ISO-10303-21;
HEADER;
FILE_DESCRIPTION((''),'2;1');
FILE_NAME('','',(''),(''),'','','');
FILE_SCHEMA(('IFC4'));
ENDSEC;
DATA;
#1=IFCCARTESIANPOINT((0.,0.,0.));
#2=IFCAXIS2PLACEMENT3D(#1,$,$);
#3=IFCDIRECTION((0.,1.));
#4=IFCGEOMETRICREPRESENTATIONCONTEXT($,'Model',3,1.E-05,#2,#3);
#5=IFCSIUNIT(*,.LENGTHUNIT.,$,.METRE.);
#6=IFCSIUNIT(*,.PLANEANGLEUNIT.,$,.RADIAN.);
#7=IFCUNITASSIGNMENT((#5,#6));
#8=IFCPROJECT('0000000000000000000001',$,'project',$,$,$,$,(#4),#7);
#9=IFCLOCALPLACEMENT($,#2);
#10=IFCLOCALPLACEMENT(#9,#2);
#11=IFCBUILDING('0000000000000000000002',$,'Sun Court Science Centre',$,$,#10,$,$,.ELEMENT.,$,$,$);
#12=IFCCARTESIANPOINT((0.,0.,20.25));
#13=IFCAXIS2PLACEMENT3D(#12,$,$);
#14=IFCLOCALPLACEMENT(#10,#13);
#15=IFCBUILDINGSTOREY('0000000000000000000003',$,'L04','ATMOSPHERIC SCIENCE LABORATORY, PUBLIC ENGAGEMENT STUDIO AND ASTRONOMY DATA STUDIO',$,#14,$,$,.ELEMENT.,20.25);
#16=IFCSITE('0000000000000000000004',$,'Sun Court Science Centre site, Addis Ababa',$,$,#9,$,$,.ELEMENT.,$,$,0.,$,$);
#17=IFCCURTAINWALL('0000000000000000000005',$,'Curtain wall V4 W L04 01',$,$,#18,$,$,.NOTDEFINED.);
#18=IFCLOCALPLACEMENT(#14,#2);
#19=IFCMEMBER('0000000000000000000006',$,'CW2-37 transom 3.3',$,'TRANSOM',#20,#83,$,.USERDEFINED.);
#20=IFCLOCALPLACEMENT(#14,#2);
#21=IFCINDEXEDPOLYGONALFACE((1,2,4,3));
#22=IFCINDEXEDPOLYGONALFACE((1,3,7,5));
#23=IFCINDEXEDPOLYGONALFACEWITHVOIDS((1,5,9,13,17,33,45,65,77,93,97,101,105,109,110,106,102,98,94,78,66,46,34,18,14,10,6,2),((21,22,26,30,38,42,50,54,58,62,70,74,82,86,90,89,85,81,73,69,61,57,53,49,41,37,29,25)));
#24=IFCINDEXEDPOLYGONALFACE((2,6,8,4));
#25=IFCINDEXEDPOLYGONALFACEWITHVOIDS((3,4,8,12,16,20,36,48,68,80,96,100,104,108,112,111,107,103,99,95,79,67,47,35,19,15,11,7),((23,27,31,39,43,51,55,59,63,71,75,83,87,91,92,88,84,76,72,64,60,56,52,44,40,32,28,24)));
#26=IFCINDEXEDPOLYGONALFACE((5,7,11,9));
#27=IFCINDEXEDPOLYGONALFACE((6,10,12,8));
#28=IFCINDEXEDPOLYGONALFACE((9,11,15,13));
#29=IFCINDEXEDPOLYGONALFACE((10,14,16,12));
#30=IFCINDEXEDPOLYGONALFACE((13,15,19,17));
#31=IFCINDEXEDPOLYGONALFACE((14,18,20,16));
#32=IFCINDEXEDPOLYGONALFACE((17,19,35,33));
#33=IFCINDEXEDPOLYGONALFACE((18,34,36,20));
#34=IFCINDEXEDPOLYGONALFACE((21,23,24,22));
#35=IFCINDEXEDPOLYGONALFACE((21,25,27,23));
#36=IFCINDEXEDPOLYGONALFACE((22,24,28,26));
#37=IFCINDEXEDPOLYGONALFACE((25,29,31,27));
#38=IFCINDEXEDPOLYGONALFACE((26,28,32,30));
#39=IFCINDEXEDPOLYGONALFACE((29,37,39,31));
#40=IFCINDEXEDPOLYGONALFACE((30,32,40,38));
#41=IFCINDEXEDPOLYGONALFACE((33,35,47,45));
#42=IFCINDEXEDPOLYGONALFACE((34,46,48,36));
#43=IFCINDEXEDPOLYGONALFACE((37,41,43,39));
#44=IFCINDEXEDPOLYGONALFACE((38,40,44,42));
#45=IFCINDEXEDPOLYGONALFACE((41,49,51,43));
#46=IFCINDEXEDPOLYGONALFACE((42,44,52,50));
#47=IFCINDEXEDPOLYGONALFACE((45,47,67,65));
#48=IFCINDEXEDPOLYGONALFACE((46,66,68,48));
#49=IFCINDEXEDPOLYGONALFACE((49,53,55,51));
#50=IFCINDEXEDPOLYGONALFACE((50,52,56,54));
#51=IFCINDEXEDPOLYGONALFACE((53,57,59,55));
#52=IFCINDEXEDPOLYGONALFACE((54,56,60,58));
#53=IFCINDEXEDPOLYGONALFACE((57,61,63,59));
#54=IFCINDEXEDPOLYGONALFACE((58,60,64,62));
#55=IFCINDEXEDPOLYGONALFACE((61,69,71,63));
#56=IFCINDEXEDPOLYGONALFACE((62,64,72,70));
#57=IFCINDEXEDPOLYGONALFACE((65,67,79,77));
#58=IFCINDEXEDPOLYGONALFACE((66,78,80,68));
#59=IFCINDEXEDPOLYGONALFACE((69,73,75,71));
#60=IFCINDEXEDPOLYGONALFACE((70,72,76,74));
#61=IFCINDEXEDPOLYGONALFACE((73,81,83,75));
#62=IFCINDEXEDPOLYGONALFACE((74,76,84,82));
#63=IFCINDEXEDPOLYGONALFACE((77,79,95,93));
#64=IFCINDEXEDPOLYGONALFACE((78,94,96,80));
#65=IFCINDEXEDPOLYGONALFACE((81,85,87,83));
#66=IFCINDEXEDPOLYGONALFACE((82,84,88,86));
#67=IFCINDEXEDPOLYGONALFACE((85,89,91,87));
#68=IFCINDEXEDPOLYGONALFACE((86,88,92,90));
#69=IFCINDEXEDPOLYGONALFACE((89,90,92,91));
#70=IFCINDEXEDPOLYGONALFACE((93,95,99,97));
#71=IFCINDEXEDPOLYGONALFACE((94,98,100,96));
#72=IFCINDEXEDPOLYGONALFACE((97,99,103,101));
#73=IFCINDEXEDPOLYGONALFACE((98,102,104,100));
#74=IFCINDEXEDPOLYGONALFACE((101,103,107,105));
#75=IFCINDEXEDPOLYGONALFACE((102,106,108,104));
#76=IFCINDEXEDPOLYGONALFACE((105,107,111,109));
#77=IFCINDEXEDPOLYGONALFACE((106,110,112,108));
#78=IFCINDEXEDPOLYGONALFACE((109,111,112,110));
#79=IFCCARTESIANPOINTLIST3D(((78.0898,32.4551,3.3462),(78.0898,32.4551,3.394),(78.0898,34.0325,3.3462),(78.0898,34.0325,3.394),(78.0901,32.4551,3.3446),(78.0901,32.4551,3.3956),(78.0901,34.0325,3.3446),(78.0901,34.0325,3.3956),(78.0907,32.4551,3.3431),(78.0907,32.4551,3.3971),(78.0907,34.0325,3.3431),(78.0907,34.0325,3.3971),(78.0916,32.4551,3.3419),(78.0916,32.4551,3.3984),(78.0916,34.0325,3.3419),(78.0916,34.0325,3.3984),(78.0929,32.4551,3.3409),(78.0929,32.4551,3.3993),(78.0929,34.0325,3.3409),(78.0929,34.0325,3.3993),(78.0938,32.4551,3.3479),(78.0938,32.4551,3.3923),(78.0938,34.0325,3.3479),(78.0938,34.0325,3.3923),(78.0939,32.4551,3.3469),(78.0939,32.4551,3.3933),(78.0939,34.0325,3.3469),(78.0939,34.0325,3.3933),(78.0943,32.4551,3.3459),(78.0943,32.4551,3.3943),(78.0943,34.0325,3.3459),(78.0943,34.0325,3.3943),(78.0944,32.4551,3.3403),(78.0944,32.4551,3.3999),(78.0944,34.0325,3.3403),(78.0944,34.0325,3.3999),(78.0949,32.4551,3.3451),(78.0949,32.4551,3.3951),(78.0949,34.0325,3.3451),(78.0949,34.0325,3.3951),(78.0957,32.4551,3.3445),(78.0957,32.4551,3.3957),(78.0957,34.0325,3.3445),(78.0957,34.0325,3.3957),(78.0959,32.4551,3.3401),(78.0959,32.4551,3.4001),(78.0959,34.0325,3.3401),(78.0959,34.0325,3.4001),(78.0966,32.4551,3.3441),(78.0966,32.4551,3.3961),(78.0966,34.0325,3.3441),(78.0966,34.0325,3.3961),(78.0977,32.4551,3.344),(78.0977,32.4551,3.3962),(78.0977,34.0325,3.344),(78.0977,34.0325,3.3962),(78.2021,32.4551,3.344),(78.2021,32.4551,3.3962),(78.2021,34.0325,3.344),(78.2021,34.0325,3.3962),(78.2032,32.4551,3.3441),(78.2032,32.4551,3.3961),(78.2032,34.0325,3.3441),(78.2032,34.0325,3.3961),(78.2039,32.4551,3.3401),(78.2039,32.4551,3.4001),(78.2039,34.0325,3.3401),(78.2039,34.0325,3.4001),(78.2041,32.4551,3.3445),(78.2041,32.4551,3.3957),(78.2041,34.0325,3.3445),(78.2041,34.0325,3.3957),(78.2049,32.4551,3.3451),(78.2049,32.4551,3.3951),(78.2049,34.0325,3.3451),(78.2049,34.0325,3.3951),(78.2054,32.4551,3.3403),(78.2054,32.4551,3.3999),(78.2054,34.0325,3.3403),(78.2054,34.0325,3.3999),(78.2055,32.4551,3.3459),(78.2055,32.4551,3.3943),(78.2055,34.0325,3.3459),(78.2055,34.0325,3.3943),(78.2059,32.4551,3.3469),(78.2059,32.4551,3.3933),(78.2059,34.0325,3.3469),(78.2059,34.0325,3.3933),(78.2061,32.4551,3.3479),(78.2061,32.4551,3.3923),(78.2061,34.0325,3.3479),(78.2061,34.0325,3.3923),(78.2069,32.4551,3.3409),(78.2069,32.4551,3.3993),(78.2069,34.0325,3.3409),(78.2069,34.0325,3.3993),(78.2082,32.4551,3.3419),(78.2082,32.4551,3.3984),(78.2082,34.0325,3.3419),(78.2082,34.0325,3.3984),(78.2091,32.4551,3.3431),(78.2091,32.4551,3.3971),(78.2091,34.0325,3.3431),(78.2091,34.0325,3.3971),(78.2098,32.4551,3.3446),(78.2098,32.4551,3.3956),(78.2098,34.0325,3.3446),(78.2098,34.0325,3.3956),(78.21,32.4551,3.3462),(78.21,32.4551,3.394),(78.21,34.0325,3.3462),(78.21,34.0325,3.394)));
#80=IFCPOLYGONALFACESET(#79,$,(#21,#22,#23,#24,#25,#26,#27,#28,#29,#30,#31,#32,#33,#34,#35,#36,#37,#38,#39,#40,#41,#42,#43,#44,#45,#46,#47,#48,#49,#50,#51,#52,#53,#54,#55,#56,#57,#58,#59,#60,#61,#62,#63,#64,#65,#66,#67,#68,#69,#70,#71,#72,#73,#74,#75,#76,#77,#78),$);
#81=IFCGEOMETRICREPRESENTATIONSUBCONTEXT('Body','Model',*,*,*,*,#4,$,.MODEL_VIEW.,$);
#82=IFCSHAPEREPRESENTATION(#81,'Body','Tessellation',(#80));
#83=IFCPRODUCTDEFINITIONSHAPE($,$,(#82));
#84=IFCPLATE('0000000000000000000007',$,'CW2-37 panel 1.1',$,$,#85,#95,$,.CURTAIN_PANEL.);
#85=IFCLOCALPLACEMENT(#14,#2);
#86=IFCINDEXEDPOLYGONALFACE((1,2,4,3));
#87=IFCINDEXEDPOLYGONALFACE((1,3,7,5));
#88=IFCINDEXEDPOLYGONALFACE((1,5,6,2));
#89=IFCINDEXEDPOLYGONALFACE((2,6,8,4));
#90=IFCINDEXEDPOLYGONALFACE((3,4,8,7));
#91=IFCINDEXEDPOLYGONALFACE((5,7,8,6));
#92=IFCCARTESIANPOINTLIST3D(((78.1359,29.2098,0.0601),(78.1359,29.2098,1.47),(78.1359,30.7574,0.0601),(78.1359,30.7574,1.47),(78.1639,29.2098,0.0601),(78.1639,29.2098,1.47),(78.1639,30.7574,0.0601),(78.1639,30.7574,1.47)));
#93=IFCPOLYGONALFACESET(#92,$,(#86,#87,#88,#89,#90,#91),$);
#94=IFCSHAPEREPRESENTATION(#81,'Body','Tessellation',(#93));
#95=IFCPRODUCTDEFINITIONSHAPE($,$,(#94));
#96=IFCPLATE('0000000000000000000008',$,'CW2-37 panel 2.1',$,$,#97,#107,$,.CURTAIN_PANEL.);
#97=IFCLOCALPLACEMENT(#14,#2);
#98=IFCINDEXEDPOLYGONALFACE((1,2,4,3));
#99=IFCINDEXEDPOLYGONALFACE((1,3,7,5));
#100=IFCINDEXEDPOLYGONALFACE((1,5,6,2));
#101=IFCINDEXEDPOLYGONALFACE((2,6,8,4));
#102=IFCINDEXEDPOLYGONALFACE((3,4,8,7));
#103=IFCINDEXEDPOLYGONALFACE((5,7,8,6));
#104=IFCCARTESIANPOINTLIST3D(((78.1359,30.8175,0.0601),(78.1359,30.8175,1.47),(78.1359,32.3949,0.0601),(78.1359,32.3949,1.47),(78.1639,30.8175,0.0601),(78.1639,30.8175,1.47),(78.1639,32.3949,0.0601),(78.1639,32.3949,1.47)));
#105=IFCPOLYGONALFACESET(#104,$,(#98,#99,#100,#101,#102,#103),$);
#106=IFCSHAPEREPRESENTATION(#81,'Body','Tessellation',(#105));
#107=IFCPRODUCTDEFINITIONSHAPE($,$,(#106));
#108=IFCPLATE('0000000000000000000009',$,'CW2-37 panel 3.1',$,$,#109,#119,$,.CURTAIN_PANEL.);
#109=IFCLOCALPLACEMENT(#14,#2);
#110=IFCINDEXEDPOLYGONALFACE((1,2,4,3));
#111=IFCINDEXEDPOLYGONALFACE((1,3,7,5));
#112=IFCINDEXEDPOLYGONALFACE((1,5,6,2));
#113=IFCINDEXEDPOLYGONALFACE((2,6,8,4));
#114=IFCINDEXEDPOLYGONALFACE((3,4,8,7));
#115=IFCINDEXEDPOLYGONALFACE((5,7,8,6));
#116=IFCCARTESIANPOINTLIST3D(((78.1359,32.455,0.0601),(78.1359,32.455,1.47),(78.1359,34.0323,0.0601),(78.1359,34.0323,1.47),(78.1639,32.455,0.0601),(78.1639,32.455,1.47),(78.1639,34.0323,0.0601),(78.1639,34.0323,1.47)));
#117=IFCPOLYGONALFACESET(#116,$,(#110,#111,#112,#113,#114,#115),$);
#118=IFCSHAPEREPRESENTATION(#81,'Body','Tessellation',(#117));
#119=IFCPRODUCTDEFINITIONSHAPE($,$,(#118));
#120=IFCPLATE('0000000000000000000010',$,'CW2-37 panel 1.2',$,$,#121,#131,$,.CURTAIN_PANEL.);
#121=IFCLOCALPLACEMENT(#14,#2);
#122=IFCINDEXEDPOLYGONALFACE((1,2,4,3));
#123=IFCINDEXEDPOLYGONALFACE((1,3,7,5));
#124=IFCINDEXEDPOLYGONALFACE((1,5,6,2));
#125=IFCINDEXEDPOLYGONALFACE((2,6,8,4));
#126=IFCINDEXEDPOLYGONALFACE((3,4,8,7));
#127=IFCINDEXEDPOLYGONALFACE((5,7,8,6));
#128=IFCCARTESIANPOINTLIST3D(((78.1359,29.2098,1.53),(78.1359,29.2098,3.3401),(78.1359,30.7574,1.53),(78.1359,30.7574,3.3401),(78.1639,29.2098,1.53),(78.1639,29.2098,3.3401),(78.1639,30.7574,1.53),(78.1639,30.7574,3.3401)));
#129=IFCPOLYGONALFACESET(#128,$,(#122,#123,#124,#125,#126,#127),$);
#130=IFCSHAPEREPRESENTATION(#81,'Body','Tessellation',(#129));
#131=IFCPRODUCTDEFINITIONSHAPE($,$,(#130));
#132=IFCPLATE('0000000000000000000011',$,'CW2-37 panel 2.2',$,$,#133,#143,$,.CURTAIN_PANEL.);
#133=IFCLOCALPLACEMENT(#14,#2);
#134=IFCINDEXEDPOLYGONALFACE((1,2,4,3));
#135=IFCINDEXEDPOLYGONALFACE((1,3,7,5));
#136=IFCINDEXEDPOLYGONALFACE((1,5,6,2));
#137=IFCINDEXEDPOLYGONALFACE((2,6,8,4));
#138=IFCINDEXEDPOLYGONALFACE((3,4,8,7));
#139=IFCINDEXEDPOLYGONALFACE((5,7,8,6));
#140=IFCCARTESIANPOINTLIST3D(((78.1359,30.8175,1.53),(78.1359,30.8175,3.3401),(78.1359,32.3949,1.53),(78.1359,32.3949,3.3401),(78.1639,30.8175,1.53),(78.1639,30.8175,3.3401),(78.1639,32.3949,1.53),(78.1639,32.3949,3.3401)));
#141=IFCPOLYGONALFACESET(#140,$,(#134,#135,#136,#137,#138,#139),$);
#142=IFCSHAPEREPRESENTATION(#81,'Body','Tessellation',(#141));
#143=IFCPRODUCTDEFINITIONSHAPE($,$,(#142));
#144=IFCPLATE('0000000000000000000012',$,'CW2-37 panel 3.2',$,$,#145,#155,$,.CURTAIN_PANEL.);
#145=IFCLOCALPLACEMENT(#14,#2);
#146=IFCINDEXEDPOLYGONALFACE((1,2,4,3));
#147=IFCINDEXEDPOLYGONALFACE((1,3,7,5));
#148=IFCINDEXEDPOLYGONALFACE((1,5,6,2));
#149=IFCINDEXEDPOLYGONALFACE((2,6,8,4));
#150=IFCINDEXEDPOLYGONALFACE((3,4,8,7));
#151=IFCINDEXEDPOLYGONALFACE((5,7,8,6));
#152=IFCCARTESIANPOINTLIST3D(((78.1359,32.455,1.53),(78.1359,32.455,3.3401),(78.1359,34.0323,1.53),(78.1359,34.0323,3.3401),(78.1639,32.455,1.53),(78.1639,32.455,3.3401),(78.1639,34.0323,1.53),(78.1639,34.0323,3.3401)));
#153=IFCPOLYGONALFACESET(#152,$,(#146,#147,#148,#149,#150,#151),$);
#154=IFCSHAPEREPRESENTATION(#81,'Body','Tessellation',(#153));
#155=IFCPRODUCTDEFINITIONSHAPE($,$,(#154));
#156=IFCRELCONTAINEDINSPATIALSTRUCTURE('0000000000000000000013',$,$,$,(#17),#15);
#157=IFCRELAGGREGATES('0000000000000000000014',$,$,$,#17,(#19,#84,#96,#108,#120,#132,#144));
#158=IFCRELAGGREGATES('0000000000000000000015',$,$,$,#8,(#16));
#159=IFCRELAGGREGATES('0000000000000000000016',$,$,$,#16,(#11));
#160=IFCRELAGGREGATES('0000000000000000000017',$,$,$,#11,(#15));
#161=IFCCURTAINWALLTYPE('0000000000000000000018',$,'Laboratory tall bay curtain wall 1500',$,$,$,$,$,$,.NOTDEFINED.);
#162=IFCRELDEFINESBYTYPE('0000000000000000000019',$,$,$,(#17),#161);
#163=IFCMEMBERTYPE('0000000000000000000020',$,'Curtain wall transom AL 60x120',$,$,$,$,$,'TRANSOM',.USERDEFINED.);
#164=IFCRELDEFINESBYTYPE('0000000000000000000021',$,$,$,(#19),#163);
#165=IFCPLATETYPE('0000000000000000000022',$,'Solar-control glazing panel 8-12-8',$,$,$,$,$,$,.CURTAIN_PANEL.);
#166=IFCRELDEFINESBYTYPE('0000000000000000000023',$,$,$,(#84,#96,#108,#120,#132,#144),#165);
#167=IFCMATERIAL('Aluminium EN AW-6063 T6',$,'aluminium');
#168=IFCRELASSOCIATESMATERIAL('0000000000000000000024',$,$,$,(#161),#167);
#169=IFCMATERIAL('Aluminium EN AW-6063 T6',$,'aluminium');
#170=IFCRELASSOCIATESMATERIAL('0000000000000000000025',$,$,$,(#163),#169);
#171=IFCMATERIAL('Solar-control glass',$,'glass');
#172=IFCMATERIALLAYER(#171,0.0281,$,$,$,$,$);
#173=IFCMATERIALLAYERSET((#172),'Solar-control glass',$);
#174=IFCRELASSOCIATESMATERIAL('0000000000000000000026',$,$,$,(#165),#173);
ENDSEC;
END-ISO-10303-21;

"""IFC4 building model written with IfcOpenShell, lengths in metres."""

from ifc_helpers import new_model, si_unit, direction, frame, origin, origin_2d, place, context, subcontext, project, spatial, rectangle, hollow_rectangle, extrude, material, layer, layer_set, material_profile, profile_set, type_object, element, aggregate, save


model = new_model("IFC4")

# Units and contexts
model_context = context("Model", 3, precision=1e-05, world=origin(), true_north=direction((0.0, 1.0)))
body_context = subcontext(model_context, "Body", "Model", "MODEL_VIEW")
ifc_project = project(units=[si_unit("LENGTHUNIT", "METRE"), si_unit("PLANEANGLEUNIT", "RADIAN")], contexts=[model_context])

# Site, building, storey
site_placement = place(None, origin())
site = spatial("IfcSite", under=ifc_project, at=site_placement, Name="Sun Court Science Centre site, Addis Ababa", CompositionType="ELEMENT", RefElevation=0.0)
building_placement = place(site_placement, origin())
building = spatial("IfcBuilding", under=site, at=building_placement, Name="Sun Court Science Centre", CompositionType="ELEMENT")
storey_placement = place(building_placement, frame((0.0, 0.0, 20.25)))
storey = spatial("IfcBuildingStorey", under=building, at=storey_placement, Name="L04", Description="ATMOSPHERIC SCIENCE LABORATORY, PUBLIC ENGAGEMENT STUDIO AND ASTRONOMY DATA STUDIO", CompositionType="ELEMENT", Elevation=20.25)

# Curtain wall, member, plates
ifc_material_1 = material(Name="Aluminium EN AW-6063 T6", Category="aluminium")
curtain_wall_type = type_object("IfcCurtainWallType", Name="Laboratory tall bay curtain wall 1500", PredefinedType="NOTDEFINED", material=ifc_material_1)
curtain_wall_placement = place(storey_placement, origin())
curtain_wall = element("IfcCurtainWall", 1, at=curtain_wall_placement, inside=storey, type_object=curtain_wall_type, Name="Curtain wall V4 W L04 01", PredefinedType="NOTDEFINED")
ifc_material_2 = material(Name="Aluminium EN AW-6063 T6", Category="aluminium")
ifc_material_profile_1 = material_profile(ifc_material_2, hollow_rectangle(XDim=0.0601, YDim=0.1201, WallThickness=0.0039, InnerFilletRadius=0.0039, OuterFilletRadius=0.0061, at=origin_2d()), Name="AL 60x120x4")
ifc_profile_set_1 = profile_set([ifc_material_profile_1], Name="Aluminium EN AW-6063 T6")
member_type_1 = type_object("IfcMemberType", Name="Curtain wall transom AL 60x120", ElementType="TRANSOM", PredefinedType="USERDEFINED", material=ifc_profile_set_1)
member_1_placement = place(storey_placement, frame((78.1499, 32.4551, 3.3701), z_axis=(0.0, 1.0, 0.0), x_axis=(0.0, 0.0, 1.0)))
member_1 = element("IfcMember", 2, at=member_1_placement, type_object=member_type_1, Name="CW2-37 transom 3.3", ObjectType="TRANSOM", PredefinedType="USERDEFINED", context=body_context, shape_type="SweptSolid", body=[
    extrude(hollow_rectangle(XDim=0.0601, YDim=0.1201, WallThickness=0.0039, InnerFilletRadius=0.0039, OuterFilletRadius=0.0061, at=origin_2d()), origin(), (0.0, 0.0, 1.0), 1.5774),
])
ifc_material_3 = material(Name="Solar-control glass", Category="glass")
ifc_layer = layer(ifc_material_3, 0.0281)
ifc_layer_set = layer_set([ifc_layer], Name="Solar-control glass")
plate_type = type_object("IfcPlateType", Name="Solar-control glazing panel 8-12-8", PredefinedType="CURTAIN_PANEL", material=ifc_layer_set)
plate_1_placement = place(storey_placement, frame((78.1499, 29.9836, 0.0601), z_axis=(0.0, 0.0, 1.0), x_axis=(0.0, 1.0, 0.0)))
plate_1 = element("IfcPlate", 3, at=plate_1_placement, type_object=plate_type, Name="CW2-37 panel 1.1", PredefinedType="CURTAIN_PANEL", context=body_context, shape_type="SweptSolid", body=[
    extrude(rectangle(XDim=1.5476, YDim=0.0281, at=origin_2d()), origin(), (0.0, 0.0, 1.0), 1.4099),
])
plate_2_placement = place(storey_placement, frame((78.1499, 31.6062, 0.0601), z_axis=(0.0, 0.0, 1.0), x_axis=(0.0, 1.0, 0.0)))
plate_2 = element("IfcPlate", 4, at=plate_2_placement, type_object=plate_type, Name="CW2-37 panel 2.1", PredefinedType="CURTAIN_PANEL", context=body_context, shape_type="SweptSolid", body=[
    extrude(rectangle(XDim=1.5774, YDim=0.0281, at=origin_2d()), origin(), (0.0, 0.0, 1.0), 1.4099),
])
plate_3_placement = place(storey_placement, frame((78.1499, 33.2437, 0.0601), z_axis=(0.0, 0.0, 1.0), x_axis=(0.0, 1.0, 0.0)))
plate_3 = element("IfcPlate", 5, at=plate_3_placement, type_object=plate_type, Name="CW2-37 panel 3.1", PredefinedType="CURTAIN_PANEL", context=body_context, shape_type="SweptSolid", body=[
    extrude(rectangle(XDim=1.5774, YDim=0.0281, at=origin_2d()), origin(), (0.0, 0.0, 1.0), 1.4099),
])
plate_4_placement = place(storey_placement, frame((78.1499, 29.9836, 1.53), z_axis=(0.0, 0.0, 1.0), x_axis=(0.0, 1.0, 0.0)))
plate_4 = element("IfcPlate", 6, at=plate_4_placement, type_object=plate_type, Name="CW2-37 panel 1.2", PredefinedType="CURTAIN_PANEL", context=body_context, shape_type="SweptSolid", body=[
    extrude(rectangle(XDim=1.5476, YDim=0.0281, at=origin_2d()), origin(), (0.0, 0.0, 1.0), 1.8101),
])
plate_5_placement = place(storey_placement, frame((78.1499, 31.6062, 1.53), z_axis=(0.0, 0.0, 1.0), x_axis=(0.0, 1.0, 0.0)))
plate_5 = element("IfcPlate", 7, at=plate_5_placement, type_object=plate_type, Name="CW2-37 panel 2.2", PredefinedType="CURTAIN_PANEL", context=body_context, shape_type="SweptSolid", body=[
    extrude(rectangle(XDim=1.5774, YDim=0.0281, at=origin_2d()), origin(), (0.0, 0.0, 1.0), 1.8101),
])
plate_6_placement = place(storey_placement, frame((78.1499, 33.2437, 1.53), z_axis=(0.0, 0.0, 1.0), x_axis=(0.0, 1.0, 0.0)))
plate_6 = element("IfcPlate", 8, at=plate_6_placement, type_object=plate_type, Name="CW2-37 panel 3.2", PredefinedType="CURTAIN_PANEL", context=body_context, shape_type="SweptSolid", body=[
    extrude(rectangle(XDim=1.5774, YDim=0.0281, at=origin_2d()), origin(), (0.0, 0.0, 1.0), 1.8101),
])
aggregate(curtain_wall, [member_1, plate_1, plate_2, plate_3, plate_4, plate_5, plate_6])

save(model, "model.ifc")
